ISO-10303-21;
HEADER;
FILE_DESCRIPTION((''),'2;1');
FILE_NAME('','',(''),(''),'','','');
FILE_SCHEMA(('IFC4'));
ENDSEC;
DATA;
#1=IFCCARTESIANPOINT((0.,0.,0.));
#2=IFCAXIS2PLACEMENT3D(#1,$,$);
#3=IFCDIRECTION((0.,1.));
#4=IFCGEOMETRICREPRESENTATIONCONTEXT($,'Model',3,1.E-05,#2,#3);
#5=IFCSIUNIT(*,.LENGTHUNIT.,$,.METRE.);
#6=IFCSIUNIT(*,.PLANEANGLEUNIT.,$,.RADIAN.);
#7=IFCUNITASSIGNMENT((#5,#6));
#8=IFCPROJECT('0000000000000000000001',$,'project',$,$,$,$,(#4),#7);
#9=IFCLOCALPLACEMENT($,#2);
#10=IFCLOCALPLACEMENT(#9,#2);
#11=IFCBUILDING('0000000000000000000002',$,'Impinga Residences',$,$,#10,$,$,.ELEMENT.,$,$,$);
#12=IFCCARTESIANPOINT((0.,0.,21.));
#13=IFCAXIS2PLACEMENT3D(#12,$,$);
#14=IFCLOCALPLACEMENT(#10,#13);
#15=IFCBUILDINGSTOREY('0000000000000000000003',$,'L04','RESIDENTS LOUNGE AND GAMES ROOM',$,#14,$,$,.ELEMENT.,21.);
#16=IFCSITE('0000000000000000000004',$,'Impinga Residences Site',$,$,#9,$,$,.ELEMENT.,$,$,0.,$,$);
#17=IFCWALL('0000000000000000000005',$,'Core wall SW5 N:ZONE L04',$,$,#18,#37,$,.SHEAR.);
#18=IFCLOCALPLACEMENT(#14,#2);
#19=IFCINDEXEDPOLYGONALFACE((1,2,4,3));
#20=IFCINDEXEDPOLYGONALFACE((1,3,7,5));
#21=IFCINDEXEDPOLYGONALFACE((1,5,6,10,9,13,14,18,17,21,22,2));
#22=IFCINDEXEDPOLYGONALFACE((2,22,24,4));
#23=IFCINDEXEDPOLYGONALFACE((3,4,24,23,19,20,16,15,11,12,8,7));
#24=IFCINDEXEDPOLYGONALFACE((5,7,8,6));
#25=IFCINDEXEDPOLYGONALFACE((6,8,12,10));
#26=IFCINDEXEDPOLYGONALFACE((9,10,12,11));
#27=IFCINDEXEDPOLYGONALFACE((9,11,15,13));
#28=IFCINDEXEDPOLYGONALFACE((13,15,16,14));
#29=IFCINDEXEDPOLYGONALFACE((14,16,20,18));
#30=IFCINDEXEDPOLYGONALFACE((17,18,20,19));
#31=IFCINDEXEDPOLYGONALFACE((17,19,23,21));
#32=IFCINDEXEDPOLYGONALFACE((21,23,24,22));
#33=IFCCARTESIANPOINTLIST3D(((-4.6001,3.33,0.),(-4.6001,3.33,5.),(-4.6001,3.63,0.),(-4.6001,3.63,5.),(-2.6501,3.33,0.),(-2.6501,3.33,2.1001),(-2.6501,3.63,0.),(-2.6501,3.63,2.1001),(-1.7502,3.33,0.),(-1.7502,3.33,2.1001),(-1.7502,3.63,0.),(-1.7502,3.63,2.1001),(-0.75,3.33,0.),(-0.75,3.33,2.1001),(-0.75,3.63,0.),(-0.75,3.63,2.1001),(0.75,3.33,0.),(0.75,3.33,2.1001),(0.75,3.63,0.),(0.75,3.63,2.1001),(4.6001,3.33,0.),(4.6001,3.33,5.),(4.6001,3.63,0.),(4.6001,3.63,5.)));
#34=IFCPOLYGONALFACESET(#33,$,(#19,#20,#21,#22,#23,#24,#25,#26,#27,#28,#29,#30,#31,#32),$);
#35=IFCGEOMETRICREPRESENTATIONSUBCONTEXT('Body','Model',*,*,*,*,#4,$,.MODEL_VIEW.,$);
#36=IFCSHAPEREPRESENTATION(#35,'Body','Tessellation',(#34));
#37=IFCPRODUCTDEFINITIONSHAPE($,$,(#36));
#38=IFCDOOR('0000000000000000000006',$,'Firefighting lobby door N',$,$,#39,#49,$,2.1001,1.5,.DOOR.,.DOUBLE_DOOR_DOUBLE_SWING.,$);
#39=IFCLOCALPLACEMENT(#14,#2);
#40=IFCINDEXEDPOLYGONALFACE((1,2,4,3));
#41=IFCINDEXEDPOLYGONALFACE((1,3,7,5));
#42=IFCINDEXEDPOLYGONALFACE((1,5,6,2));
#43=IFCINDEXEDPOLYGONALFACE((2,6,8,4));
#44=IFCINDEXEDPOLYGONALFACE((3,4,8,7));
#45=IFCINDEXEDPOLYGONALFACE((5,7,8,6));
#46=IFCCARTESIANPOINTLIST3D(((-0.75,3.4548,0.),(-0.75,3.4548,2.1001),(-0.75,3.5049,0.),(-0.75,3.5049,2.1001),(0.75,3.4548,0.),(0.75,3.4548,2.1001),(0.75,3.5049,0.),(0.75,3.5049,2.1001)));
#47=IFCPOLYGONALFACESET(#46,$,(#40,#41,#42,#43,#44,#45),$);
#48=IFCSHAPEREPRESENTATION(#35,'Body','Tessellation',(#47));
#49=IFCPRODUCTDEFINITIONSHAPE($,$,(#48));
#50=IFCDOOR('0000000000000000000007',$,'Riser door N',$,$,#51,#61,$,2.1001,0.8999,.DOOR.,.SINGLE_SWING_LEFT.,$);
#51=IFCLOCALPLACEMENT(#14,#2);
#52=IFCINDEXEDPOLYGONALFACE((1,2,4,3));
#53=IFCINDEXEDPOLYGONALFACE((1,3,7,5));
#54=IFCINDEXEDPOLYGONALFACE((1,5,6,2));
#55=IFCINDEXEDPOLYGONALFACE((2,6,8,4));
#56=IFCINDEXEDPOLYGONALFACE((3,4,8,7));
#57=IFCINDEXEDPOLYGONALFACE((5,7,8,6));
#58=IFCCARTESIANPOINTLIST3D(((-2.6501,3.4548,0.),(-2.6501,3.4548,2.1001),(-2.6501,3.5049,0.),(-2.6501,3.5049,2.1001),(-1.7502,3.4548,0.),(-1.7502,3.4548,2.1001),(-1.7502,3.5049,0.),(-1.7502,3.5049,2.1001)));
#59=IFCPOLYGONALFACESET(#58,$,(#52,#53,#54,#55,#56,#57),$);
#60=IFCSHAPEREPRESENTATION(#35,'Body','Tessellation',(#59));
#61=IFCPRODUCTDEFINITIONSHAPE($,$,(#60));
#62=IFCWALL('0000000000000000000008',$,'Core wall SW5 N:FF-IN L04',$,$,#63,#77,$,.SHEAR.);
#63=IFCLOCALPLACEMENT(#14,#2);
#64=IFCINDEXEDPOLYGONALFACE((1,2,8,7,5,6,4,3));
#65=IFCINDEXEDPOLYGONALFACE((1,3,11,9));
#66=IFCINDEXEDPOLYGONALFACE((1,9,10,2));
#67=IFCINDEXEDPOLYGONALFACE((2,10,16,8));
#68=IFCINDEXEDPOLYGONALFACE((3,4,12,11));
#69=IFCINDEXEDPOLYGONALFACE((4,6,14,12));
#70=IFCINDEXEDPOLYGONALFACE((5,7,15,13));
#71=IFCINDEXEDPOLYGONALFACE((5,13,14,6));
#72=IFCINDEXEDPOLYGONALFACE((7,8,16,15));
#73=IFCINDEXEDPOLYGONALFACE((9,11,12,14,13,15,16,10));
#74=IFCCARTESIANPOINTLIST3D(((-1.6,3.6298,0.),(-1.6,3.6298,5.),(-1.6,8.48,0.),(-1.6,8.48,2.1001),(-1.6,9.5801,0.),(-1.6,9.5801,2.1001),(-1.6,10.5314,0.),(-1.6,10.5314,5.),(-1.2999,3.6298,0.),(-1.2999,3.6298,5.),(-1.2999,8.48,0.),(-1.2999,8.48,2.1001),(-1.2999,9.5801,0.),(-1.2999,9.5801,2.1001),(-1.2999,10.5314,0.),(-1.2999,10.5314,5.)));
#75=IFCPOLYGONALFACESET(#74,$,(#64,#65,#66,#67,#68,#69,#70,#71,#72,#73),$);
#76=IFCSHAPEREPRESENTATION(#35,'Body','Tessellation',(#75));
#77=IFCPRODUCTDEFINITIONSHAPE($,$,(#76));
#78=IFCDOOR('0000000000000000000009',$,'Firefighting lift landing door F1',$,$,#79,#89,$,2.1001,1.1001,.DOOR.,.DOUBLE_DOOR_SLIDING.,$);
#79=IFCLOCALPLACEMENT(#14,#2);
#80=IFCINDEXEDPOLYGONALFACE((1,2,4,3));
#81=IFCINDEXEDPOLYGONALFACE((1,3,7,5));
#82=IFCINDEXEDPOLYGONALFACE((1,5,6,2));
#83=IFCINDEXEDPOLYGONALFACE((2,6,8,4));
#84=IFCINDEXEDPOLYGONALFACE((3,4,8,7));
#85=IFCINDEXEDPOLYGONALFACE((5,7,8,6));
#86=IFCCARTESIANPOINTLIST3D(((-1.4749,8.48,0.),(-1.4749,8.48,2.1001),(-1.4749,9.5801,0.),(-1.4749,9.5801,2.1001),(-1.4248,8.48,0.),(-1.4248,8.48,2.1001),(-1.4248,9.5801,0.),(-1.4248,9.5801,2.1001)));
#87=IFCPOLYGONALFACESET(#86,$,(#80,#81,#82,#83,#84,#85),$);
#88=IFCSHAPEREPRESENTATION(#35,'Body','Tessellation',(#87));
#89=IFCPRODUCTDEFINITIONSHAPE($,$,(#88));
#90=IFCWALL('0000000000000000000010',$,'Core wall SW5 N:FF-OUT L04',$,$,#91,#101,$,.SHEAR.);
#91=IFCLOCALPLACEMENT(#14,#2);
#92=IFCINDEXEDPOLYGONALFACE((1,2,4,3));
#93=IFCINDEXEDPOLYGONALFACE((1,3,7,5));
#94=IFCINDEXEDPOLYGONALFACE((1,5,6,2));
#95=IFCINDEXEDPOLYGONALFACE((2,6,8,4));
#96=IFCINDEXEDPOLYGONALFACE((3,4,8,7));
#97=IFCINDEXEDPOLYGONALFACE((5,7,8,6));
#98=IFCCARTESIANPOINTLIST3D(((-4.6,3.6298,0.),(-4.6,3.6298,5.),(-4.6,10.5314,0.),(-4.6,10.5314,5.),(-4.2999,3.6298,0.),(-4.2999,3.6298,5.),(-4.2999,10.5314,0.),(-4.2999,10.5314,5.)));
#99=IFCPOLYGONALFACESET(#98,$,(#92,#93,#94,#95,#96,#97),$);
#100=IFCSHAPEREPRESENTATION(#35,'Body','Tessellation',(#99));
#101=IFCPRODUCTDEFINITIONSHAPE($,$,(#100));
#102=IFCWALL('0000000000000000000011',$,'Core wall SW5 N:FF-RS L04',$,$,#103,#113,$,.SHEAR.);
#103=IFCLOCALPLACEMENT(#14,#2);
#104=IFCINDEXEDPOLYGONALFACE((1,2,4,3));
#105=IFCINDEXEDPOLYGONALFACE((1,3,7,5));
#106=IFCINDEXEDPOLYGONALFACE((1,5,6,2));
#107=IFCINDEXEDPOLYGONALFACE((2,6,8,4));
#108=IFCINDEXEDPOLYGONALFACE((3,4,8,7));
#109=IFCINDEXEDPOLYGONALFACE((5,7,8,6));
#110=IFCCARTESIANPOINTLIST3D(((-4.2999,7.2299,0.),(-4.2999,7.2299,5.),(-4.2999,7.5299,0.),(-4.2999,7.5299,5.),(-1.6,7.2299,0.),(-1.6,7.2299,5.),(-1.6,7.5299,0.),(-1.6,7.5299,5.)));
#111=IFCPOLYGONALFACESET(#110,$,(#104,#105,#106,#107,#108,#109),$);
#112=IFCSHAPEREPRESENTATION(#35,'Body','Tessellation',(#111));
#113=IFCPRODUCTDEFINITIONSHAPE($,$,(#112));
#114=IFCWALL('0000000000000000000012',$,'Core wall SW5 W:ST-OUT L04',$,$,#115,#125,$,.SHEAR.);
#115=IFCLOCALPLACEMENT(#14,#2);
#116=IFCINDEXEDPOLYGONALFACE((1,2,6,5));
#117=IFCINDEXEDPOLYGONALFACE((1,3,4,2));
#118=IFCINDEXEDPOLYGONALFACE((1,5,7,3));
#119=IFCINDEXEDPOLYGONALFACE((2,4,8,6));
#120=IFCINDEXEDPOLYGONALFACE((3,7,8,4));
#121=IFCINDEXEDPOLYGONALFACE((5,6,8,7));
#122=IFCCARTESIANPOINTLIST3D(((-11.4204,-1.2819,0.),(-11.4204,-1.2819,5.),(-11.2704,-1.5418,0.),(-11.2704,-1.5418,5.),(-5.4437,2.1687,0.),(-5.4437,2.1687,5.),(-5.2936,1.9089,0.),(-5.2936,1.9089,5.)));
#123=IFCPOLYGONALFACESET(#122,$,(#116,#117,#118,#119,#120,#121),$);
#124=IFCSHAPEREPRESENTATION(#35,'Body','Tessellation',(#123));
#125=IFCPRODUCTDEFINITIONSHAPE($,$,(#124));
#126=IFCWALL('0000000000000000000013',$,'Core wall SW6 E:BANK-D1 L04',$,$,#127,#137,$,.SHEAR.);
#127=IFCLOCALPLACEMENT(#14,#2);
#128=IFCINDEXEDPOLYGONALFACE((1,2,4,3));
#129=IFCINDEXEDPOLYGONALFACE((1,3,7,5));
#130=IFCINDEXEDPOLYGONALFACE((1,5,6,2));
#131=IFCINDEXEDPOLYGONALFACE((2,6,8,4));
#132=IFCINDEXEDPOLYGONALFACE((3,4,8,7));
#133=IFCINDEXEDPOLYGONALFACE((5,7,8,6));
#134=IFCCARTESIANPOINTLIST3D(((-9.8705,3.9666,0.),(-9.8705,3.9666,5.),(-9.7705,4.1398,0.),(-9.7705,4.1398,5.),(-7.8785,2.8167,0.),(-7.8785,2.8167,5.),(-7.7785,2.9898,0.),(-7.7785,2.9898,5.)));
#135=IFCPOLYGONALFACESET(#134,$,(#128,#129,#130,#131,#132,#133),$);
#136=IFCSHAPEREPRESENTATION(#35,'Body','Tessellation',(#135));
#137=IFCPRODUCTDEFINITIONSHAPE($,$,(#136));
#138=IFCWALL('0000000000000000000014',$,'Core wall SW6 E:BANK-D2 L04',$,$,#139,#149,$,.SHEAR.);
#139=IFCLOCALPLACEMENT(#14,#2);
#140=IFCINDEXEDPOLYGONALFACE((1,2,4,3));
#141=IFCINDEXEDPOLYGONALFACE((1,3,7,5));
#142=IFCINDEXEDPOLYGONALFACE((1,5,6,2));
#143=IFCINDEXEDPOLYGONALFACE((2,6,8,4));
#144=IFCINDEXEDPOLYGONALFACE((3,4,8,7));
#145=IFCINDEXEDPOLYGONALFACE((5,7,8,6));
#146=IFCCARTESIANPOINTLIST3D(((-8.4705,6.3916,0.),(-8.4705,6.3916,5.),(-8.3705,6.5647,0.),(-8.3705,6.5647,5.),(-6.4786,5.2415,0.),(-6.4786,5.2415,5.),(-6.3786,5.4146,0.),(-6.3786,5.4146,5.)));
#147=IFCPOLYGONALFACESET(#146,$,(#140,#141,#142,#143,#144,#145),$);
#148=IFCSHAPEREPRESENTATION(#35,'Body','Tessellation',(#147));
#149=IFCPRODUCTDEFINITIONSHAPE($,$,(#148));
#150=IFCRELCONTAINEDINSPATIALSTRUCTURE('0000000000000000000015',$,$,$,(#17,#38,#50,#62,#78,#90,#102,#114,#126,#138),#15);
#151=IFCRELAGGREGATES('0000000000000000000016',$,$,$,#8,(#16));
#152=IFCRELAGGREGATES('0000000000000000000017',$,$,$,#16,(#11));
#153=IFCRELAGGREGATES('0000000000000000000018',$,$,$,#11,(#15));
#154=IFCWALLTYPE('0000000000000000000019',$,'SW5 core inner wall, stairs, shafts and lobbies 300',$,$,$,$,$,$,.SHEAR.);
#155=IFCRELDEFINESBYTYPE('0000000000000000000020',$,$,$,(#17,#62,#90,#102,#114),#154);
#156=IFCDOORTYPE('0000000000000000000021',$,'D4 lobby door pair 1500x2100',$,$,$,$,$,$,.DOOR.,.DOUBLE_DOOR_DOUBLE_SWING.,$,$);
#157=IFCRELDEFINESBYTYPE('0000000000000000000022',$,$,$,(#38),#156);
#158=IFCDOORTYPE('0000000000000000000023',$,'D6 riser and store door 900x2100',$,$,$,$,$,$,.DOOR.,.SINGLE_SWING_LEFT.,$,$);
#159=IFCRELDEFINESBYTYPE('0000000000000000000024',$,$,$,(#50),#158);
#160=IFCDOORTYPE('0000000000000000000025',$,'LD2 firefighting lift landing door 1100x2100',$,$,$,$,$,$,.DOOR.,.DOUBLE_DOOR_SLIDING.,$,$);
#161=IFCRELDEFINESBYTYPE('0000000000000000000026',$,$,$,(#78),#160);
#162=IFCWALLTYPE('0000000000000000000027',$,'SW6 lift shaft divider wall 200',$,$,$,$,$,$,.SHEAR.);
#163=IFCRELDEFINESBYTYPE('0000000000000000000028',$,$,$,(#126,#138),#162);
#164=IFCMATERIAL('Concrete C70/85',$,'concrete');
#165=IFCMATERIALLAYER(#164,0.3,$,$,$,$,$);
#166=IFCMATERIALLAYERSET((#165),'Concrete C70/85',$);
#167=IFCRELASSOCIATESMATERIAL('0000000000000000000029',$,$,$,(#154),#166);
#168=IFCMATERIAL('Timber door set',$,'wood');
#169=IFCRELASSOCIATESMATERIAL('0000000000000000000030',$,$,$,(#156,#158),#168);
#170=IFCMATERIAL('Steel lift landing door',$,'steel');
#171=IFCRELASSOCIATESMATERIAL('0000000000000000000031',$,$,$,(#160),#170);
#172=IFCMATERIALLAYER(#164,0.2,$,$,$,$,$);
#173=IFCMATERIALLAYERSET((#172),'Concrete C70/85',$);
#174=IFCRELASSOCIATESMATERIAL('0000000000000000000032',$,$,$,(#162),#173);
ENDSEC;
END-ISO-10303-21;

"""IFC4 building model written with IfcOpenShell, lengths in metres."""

from ifc_helpers import new_model, si_unit, direction, frame, frame_2d, origin, place, context, subcontext, project, spatial, rectangle, extrude, material, layer, layer_set, type_object, element, fill, save


model = new_model("IFC4")

# Units and contexts
model_context = context("Model", 3, precision=1e-05, world=origin(), true_north=direction((0.0, 1.0)))
body_context = subcontext(model_context, "Body", "Model", "MODEL_VIEW")
ifc_project = project(units=[si_unit("LENGTHUNIT", "METRE"), si_unit("PLANEANGLEUNIT", "RADIAN")], contexts=[model_context])

# Site, building, storey
site_placement = place(None, origin())
site = spatial("IfcSite", under=ifc_project, at=site_placement, Name="Impinga Residences Site", CompositionType="ELEMENT", RefElevation=0.0)
building_placement = place(site_placement, origin())
building = spatial("IfcBuilding", under=site, at=building_placement, Name="Impinga Residences", CompositionType="ELEMENT")
storey_placement = place(building_placement, frame((0.0, 0.0, 21.0)))
storey = spatial("IfcBuildingStorey", under=building, at=storey_placement, Name="L04", Description="RESIDENTS LOUNGE AND GAMES ROOM", CompositionType="ELEMENT", Elevation=21.0)

# Wall, openings, doors
ifc_material_1 = material(Name="Concrete C70/85", Category="concrete")
ifc_layer_1 = layer(ifc_material_1, 0.3)
ifc_layer_set_1 = layer_set([ifc_layer_1], Name="Concrete C70/85")
wall_type_1 = type_object("IfcWallType", Name="SW5 core inner wall, stairs, shafts and lobbies 300", PredefinedType="SHEAR", material=ifc_layer_set_1)
wall_1_placement = place(storey_placement, frame((-4.6001, 3.48, 0.0), z_axis=(0.0, 0.0, 1.0), x_axis=(1.0, 0.0, 0.0)))
wall_1 = element("IfcWall", 1, at=wall_1_placement, inside=storey, type_object=wall_type_1, Name="Core wall SW5 N:ZONE L04", PredefinedType="SHEAR", context=body_context, shape_type="SweptSolid", body=[
    extrude(rectangle(XDim=9.2002, YDim=0.3, at=frame_2d((4.6001, 0.0))), origin(), (0.0, 0.0, 1.0), 5.0),
])
opening_1_placement = place(wall_1_placement, frame((3.8501, 0.0, 0.0)))
opening_1 = element("IfcOpeningElement", 2, at=opening_1_placement, cuts=wall_1, PredefinedType="OPENING", context=body_context, shape_type="SweptSolid", body=[
    extrude(rectangle(XDim=1.5, YDim=2.1001, at=frame_2d((0.75, 1.05))), frame((0.0, 0.1599, 0.0), z_axis=(0.0, -1.0, 0.0), x_axis=(1.0, 0.0, 0.0)), (0.0, 0.0, 1.0), 0.3201),
])
opening_2_placement = place(wall_1_placement, frame((1.95, 0.0, 0.0)))
opening_2 = element("IfcOpeningElement", 3, at=opening_2_placement, cuts=wall_1, PredefinedType="OPENING", context=body_context, shape_type="SweptSolid", body=[
    extrude(rectangle(XDim=0.8999, YDim=2.1001, at=frame_2d((0.45, 1.05))), frame((0.0, 0.1599, 0.0), z_axis=(0.0, -1.0, 0.0), x_axis=(1.0, 0.0, 0.0)), (0.0, 0.0, 1.0), 0.3201),
])
ifc_material_2 = material(Name="Timber door set", Category="wood")
door_type_1 = type_object("IfcDoorType", Name="D4 lobby door pair 1500x2100", OperationType="DOUBLE_DOOR_DOUBLE_SWING", PredefinedType="DOOR", material=ifc_material_2)
door_1_placement = place(opening_1_placement, origin())
door_1 = element("IfcDoor", 4, at=door_1_placement, inside=storey, type_object=door_type_1, Name="Firefighting lobby door N", OperationType="DOUBLE_DOOR_DOUBLE_SWING", OverallHeight=2.1001, OverallWidth=1.5, PredefinedType="DOOR", context=body_context, shape_type="SweptSolid", body=[
    extrude(rectangle(XDim=1.5, YDim=2.1001, at=frame_2d((0.75, 1.05))), frame((0.0, 0.0249, 0.0), z_axis=(0.0, -1.0, 0.0), x_axis=(1.0, 0.0, 0.0)), (0.0, 0.0, 1.0), 0.05),
])
fill(opening_1, door_1)
door_type_2 = type_object("IfcDoorType", Name="D6 riser and store door 900x2100", OperationType="SINGLE_SWING_LEFT", PredefinedType="DOOR", material=ifc_material_2)
door_2_placement = place(opening_2_placement, origin())
door_2 = element("IfcDoor", 5, at=door_2_placement, inside=storey, type_object=door_type_2, Name="Riser door N", OperationType="SINGLE_SWING_LEFT", OverallHeight=2.1001, OverallWidth=0.8999, PredefinedType="DOOR", context=body_context, shape_type="SweptSolid", body=[
    extrude(rectangle(XDim=0.8999, YDim=2.1001, at=frame_2d((0.45, 1.05))), frame((0.0, 0.0249, 0.0), z_axis=(0.0, -1.0, 0.0), x_axis=(1.0, 0.0, 0.0)), (0.0, 0.0, 1.0), 0.05),
])
fill(opening_2, door_2)

# Wall, opening, door
wall_2_placement = place(storey_placement, frame((-1.45, 3.6299, 0.0), z_axis=(0.0, 0.0, 1.0), x_axis=(0.0, 1.0, 0.0)))
wall_2 = element("IfcWall", 6, at=wall_2_placement, inside=storey, type_object=wall_type_1, Name="Core wall SW5 N:FF-IN L04", PredefinedType="SHEAR", context=body_context, shape_type="SweptSolid", body=[
    extrude(rectangle(XDim=6.9016, YDim=0.3, at=frame_2d((3.4507, 0.0))), origin(), (0.0, 0.0, 1.0), 5.0),
])
opening_3_placement = place(wall_2_placement, frame((4.8501, 0.0, 0.0)))
opening_3 = element("IfcOpeningElement", 7, at=opening_3_placement, cuts=wall_2, PredefinedType="OPENING", context=body_context, shape_type="SweptSolid", body=[
    extrude(rectangle(XDim=1.1001, YDim=2.1001, at=frame_2d((0.55, 1.05))), frame((0.0, 0.1599, 0.0), z_axis=(0.0, -1.0, 0.0), x_axis=(1.0, 0.0, 0.0)), (0.0, 0.0, 1.0), 0.3201),
])
ifc_material_3 = material(Name="Steel lift landing door", Category="steel")
door_type_3 = type_object("IfcDoorType", Name="LD2 firefighting lift landing door 1100x2100", OperationType="DOUBLE_DOOR_SLIDING", PredefinedType="DOOR", material=ifc_material_3)
door_3_placement = place(opening_3_placement, origin())
door_3 = element("IfcDoor", 8, at=door_3_placement, inside=storey, type_object=door_type_3, Name="Firefighting lift landing door F1", OperationType="DOUBLE_DOOR_SLIDING", OverallHeight=2.1001, OverallWidth=1.1001, PredefinedType="DOOR", context=body_context, shape_type="SweptSolid", body=[
    extrude(rectangle(XDim=1.1001, YDim=2.1001, at=frame_2d((0.55, 1.05))), frame((0.0, 0.0249, 0.0), z_axis=(0.0, -1.0, 0.0), x_axis=(1.0, 0.0, 0.0)), (0.0, 0.0, 1.0), 0.05),
])
fill(opening_3, door_3)

# Walls
wall_3_placement = place(storey_placement, frame((-4.45, 3.6299, 0.0), z_axis=(0.0, 0.0, 1.0), x_axis=(0.0, 1.0, 0.0)))
element("IfcWall", 9, at=wall_3_placement, inside=storey, type_object=wall_type_1, Name="Core wall SW5 N:FF-OUT L04", PredefinedType="SHEAR", context=body_context, shape_type="SweptSolid", body=[
    extrude(rectangle(XDim=6.9016, YDim=0.3, at=frame_2d((3.4507, 0.0))), origin(), (0.0, 0.0, 1.0), 5.0),
])
wall_4_placement = place(storey_placement, frame((-4.3, 7.3799, 0.0), z_axis=(0.0, 0.0, 1.0), x_axis=(1.0, 0.0, 0.0)))
element("IfcWall", 10, at=wall_4_placement, inside=storey, type_object=wall_type_1, Name="Core wall SW5 N:FF-RS L04", PredefinedType="SHEAR", context=body_context, shape_type="SweptSolid", body=[
    extrude(rectangle(XDim=2.7, YDim=0.3, at=frame_2d((1.3501, 0.0))), origin(), (0.0, 0.0, 1.0), 5.0),
])
wall_5_placement = place(storey_placement, frame((-5.3687, 2.0388, 0.0), z_axis=(0.0, 0.0, 1.0), x_axis=(-0.866027, -0.499997, 0.0)))
element("IfcWall", 11, at=wall_5_placement, inside=storey, type_object=wall_type_1, Name="Core wall SW5 W:ST-OUT L04", PredefinedType="SHEAR", context=body_context, shape_type="SweptSolid", body=[
    extrude(rectangle(XDim=6.9014, YDim=0.3, at=frame_2d((3.4507, 0.0))), origin(), (0.0, 0.0, 1.0), 5.0),
])
ifc_layer_2 = layer(ifc_material_1, 0.2)
ifc_layer_set_2 = layer_set([ifc_layer_2], Name="Concrete C70/85")
wall_type_2 = type_object("IfcWallType", Name="SW6 lift shaft divider wall 200", PredefinedType="SHEAR", material=ifc_layer_set_2)
for number, where, z_axis, x_axis, name in (
    (12, (-7.8286, 2.9033, 0.0), (0.0, 0.0, 1.0), (-0.866053, 0.499952, 0.0), "Core wall SW6 E:BANK-D1 L04"),
    (13, (-6.4287, 5.3281, 0.0), (0.0, 0.0, 1.0), (-0.866007, 0.500032, 0.0), "Core wall SW6 E:BANK-D2 L04"),
):
    element("IfcWall", number, at=place(storey_placement, frame(where, z_axis=z_axis, x_axis=x_axis)), inside=storey, type_object=wall_type_2, Name=name, PredefinedType="SHEAR", context=body_context, shape_type="SweptSolid", body=[
        extrude(rectangle(XDim=2.3, YDim=0.2, at=frame_2d((1.1499, 0.0))), origin(), (0.0, 0.0, 1.0), 5.0),
    ])

save(model, "model.ifc")
